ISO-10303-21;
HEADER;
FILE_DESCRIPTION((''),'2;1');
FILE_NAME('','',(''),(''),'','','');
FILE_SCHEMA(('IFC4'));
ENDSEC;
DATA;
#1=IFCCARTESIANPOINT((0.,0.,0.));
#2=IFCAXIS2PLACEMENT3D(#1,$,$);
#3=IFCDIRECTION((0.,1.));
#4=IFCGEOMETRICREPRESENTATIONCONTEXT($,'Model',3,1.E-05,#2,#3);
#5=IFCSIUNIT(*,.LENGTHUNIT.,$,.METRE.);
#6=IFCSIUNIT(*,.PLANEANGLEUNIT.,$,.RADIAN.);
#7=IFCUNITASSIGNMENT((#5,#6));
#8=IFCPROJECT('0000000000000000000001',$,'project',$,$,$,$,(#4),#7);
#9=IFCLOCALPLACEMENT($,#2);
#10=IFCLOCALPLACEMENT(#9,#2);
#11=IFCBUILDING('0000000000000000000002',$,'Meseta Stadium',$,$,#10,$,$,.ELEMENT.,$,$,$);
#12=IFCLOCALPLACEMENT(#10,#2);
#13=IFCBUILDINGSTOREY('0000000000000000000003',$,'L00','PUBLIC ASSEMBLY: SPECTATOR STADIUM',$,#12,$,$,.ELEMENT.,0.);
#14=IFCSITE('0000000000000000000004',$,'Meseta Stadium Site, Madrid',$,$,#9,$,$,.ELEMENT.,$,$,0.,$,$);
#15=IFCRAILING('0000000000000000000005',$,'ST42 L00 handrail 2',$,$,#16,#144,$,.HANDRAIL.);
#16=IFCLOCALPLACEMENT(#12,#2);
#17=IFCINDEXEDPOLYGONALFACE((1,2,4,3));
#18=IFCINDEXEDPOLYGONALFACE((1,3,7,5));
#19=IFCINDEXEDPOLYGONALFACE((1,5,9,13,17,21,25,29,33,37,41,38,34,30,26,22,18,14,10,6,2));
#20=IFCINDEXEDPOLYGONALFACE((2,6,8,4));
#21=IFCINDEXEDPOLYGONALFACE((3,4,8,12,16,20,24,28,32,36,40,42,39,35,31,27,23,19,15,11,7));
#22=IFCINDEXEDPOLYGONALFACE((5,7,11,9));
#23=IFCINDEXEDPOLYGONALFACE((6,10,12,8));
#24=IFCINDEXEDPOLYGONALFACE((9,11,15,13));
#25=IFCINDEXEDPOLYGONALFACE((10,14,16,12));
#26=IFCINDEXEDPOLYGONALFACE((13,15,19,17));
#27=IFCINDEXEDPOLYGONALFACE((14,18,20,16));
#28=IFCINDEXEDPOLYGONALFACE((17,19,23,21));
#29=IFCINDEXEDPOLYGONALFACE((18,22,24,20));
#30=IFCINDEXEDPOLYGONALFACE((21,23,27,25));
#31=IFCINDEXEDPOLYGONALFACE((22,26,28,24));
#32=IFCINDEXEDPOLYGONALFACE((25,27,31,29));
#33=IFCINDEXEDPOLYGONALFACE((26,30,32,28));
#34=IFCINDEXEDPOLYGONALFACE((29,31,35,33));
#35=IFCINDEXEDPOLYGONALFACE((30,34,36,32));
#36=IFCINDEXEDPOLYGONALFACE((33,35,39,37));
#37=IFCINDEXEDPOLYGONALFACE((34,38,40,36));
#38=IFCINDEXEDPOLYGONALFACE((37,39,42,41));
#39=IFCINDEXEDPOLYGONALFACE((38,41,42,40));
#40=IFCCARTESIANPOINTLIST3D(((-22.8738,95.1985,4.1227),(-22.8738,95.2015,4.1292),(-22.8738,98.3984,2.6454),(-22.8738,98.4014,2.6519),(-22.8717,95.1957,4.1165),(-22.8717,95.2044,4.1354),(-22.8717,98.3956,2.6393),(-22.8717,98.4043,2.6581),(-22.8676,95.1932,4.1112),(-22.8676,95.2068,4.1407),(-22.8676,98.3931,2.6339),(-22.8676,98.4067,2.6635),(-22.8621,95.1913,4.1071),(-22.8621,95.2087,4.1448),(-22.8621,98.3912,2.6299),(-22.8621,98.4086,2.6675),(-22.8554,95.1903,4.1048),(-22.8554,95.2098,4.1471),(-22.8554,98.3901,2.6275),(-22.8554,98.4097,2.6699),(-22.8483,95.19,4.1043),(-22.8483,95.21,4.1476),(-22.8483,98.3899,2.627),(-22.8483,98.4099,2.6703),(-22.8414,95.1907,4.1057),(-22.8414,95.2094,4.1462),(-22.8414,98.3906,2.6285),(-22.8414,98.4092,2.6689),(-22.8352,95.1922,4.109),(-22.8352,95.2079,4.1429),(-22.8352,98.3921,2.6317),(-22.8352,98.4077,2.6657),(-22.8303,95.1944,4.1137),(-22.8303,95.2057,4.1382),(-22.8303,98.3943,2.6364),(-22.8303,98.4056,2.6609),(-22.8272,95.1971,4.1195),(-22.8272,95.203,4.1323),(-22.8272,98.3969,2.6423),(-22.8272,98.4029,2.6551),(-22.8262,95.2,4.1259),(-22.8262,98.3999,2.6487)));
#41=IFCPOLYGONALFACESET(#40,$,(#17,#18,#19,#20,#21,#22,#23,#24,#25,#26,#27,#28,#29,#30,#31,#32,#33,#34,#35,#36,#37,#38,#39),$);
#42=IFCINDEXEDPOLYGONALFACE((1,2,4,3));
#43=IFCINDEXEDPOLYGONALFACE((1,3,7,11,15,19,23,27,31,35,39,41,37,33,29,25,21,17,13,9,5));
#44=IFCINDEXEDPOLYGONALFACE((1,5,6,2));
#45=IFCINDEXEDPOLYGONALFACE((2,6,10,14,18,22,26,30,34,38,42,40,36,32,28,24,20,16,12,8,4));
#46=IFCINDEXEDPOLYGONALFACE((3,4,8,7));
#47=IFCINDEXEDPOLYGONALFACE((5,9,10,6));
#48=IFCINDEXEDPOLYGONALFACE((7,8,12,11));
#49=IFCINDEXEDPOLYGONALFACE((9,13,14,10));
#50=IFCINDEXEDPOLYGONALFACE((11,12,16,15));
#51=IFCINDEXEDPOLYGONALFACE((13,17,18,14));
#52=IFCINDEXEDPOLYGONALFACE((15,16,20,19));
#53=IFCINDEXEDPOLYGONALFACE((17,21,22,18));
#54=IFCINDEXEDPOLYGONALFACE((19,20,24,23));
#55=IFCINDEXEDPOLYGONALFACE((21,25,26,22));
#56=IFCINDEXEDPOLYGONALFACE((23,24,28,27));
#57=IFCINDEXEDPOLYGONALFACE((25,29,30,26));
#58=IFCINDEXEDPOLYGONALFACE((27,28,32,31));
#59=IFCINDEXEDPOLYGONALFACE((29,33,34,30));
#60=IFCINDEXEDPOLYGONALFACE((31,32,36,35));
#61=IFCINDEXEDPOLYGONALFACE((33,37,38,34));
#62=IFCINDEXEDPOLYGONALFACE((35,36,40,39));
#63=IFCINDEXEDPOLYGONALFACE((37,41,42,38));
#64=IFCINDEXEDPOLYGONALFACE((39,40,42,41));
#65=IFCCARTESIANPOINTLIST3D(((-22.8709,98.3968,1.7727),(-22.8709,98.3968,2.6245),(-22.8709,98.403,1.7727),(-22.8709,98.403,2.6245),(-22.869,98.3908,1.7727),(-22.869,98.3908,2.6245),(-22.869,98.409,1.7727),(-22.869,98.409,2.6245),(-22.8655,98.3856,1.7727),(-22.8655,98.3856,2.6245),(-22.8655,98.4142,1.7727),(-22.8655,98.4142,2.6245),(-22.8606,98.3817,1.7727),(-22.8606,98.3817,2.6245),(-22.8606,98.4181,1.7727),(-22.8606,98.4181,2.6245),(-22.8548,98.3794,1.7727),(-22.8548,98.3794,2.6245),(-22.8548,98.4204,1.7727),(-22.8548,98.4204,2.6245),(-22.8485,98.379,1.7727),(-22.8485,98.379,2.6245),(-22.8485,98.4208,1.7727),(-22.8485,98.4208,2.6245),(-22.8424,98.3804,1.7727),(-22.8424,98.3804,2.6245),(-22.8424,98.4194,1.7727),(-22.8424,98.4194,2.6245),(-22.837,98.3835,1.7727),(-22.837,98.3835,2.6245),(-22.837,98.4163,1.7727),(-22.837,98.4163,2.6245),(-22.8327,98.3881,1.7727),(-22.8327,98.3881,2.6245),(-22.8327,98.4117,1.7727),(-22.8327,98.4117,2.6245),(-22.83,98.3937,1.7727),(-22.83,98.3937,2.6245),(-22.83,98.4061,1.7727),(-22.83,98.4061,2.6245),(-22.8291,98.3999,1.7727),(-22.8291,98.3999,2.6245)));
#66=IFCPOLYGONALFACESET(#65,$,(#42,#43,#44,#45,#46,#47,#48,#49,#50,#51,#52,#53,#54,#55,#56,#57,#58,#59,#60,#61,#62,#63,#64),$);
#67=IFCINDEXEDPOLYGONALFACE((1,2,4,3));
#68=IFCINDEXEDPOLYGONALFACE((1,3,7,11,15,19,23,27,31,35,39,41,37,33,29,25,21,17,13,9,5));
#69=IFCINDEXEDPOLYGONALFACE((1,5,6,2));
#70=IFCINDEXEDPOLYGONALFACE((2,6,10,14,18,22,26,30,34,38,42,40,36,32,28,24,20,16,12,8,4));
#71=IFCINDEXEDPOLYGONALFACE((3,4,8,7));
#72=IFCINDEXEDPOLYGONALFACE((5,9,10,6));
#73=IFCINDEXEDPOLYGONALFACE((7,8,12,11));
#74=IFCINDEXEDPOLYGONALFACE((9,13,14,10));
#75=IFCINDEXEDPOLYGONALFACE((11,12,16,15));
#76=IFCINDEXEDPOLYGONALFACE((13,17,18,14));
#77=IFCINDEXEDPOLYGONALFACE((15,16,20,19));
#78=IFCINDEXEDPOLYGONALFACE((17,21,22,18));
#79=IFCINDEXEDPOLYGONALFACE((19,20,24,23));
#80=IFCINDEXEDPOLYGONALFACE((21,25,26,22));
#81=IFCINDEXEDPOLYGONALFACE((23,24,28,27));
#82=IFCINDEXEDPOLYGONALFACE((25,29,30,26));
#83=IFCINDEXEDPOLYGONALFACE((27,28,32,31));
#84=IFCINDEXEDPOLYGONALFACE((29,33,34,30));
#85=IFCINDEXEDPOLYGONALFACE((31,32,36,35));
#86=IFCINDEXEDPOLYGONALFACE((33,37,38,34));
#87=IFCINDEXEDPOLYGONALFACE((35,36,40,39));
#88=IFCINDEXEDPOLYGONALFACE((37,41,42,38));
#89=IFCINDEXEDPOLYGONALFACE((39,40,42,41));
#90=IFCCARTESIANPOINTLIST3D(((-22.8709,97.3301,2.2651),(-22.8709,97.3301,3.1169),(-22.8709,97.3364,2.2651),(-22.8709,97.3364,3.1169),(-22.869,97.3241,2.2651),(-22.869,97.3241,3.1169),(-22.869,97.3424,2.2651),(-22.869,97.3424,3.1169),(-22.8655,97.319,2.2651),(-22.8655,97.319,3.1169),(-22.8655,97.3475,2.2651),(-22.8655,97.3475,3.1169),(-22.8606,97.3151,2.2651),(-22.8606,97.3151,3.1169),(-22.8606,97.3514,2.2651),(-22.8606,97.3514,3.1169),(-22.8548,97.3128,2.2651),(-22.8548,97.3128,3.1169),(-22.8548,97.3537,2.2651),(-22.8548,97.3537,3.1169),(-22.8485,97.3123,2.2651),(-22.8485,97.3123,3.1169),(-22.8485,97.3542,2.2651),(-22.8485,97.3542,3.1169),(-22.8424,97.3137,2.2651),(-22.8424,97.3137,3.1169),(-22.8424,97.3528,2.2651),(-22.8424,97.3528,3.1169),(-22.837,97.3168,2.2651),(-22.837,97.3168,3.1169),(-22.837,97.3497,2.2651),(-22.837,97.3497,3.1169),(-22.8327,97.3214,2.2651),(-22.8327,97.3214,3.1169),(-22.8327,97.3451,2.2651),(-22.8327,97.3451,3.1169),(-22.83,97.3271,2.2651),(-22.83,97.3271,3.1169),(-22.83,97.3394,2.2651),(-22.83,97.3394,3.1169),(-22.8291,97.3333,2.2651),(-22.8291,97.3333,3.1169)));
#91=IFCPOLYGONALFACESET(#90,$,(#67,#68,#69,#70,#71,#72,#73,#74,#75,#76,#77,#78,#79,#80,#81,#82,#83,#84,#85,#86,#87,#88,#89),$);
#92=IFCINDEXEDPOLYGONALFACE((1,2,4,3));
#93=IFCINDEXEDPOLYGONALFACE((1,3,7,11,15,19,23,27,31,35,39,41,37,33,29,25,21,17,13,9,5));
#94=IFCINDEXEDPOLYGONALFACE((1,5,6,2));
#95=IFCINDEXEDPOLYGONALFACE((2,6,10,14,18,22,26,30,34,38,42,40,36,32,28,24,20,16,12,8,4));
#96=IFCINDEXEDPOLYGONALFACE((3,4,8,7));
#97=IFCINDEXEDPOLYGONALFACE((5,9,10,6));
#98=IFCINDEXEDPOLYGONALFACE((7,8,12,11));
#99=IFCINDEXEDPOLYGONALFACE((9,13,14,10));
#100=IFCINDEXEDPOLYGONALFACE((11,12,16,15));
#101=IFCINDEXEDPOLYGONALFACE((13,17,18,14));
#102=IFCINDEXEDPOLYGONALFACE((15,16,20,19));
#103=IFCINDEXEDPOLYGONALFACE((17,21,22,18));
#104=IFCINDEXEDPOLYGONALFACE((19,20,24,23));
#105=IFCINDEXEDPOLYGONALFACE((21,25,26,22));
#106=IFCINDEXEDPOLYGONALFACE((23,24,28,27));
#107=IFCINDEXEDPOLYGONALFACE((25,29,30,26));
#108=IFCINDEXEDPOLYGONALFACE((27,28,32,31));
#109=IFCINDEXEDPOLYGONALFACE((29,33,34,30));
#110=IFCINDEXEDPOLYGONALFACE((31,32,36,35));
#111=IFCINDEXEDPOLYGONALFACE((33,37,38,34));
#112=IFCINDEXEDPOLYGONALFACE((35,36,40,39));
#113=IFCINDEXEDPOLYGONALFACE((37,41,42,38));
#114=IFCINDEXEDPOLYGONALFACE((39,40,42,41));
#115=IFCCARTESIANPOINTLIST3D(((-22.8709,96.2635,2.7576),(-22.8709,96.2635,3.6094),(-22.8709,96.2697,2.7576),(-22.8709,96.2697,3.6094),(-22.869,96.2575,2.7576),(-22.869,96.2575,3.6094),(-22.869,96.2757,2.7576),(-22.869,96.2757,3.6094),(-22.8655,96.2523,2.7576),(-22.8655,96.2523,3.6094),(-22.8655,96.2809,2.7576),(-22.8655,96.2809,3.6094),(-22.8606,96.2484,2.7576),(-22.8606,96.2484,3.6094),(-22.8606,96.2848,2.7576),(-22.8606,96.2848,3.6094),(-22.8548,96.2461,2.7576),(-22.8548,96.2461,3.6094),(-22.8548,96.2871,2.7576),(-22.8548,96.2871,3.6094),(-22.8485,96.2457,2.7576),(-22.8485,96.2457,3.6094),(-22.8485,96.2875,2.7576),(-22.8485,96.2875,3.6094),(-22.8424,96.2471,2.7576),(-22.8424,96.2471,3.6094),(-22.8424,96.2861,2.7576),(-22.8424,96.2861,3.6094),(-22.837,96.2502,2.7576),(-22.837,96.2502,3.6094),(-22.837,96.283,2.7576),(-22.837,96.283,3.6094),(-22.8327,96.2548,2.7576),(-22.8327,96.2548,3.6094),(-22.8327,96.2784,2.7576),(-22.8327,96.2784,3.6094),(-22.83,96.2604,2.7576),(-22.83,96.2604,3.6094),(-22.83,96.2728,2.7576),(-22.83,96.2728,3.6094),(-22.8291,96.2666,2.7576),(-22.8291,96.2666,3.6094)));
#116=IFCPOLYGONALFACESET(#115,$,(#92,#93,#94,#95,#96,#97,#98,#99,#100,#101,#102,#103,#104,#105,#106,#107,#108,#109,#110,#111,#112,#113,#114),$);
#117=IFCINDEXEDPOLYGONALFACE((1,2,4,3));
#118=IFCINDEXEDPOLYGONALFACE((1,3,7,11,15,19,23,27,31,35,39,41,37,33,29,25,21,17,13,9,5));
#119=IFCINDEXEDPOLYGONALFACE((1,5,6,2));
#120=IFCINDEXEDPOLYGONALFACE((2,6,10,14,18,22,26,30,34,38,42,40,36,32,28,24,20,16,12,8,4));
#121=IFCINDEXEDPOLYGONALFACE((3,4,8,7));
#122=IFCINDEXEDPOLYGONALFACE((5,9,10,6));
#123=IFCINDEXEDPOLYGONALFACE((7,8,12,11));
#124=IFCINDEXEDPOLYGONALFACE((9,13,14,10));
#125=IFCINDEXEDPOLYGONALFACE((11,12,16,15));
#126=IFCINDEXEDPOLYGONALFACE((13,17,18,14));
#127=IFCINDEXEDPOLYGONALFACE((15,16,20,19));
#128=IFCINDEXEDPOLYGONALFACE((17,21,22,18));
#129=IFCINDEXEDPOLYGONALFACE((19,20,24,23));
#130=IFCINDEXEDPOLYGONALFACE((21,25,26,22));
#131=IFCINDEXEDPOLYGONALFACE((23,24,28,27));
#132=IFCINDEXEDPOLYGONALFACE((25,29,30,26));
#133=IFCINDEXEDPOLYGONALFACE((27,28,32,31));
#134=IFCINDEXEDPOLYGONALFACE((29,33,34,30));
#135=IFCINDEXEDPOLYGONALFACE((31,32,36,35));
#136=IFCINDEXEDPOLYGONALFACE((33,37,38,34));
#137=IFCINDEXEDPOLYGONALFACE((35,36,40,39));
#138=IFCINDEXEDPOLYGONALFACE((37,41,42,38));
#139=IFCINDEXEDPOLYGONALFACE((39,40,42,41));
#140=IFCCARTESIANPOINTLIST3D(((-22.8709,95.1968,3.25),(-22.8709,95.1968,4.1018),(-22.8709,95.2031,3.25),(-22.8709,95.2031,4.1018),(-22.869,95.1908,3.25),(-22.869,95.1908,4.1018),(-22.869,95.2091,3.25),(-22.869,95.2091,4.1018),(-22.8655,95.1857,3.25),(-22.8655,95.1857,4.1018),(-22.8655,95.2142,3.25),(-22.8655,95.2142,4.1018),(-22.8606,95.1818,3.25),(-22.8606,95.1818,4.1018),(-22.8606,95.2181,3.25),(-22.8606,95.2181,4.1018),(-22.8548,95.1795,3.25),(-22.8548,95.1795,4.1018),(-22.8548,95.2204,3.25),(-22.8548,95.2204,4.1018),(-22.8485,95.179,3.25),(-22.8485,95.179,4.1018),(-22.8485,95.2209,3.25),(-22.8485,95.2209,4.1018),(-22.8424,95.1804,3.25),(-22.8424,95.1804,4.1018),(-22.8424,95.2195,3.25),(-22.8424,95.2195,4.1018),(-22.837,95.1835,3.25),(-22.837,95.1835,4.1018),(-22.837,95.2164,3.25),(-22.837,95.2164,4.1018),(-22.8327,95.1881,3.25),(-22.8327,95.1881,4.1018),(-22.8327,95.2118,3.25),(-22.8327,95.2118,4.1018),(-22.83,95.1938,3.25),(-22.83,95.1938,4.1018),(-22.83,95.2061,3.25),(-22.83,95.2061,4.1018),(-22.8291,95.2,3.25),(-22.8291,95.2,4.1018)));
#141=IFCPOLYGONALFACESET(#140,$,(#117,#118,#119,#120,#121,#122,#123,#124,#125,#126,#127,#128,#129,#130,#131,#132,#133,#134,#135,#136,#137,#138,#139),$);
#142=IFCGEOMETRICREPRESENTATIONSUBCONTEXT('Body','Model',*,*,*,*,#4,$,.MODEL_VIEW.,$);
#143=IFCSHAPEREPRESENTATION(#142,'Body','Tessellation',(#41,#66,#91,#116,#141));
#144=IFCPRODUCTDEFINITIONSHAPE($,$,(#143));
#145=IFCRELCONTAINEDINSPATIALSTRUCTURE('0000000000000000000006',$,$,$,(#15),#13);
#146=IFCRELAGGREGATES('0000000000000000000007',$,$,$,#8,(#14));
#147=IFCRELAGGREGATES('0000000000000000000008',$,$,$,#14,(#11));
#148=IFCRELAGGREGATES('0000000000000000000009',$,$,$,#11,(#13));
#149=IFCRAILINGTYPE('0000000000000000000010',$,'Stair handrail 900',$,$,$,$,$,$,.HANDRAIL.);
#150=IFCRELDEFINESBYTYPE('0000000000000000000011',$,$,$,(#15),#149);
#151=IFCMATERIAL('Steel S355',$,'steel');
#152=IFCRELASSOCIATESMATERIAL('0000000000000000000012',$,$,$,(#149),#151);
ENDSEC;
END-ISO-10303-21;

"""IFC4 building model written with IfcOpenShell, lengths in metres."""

from ifc_helpers import new_model, si_unit, direction, frame, origin, origin_2d, place, context, subcontext, project, spatial, circle, extrude, material, type_object, element, save


model = new_model("IFC4")

# Units and contexts
model_context = context("Model", 3, precision=1e-05, world=origin(), true_north=direction((0.0, 1.0)))
body_context = subcontext(model_context, "Body", "Model", "MODEL_VIEW")
ifc_project = project(units=[si_unit("LENGTHUNIT", "METRE"), si_unit("PLANEANGLEUNIT", "RADIAN")], contexts=[model_context])

# Site, building, storey
site_placement = place(None, origin())
site = spatial("IfcSite", under=ifc_project, at=site_placement, Name="Meseta Stadium Site, Madrid", CompositionType="ELEMENT", RefElevation=0.0)
building_placement = place(site_placement, origin())
building = spatial("IfcBuilding", under=site, at=building_placement, Name="Meseta Stadium", CompositionType="ELEMENT")
storey_placement = place(building_placement, origin())
storey = spatial("IfcBuildingStorey", under=building, at=storey_placement, Name="L00", Description="PUBLIC ASSEMBLY: SPECTATOR STADIUM", CompositionType="ELEMENT", Elevation=0.0)

# Railing
ifc_material_1 = material(Name="Steel S355", Category="steel")
railing_type_1 = type_object("IfcRailingType", Name="Stair handrail 900", PredefinedType="HANDRAIL", material=ifc_material_1)
railing_1_placement = place(storey_placement, frame((-22.8501, 98.3999, 1.7727)))
element("IfcRailing", 1, at=railing_1_placement, inside=storey, type_object=railing_type_1, Name="ST42 L00 handrail 2", PredefinedType="HANDRAIL", context=body_context, shape_type="SweptSolid", body=[
    extrude(circle(Radius=0.0239, at=origin_2d()), frame((0.0, 0.0, 0.876), z_axis=(0.0, -0.907917, 0.41915), x_axis=(1.0, 0.0, 0.0)), (0.0, 0.0, 1.0), 3.5244),
    extrude(circle(Radius=0.021, at=origin_2d()), origin(), (0.0, 0.0, 1.0), 0.8518),
    extrude(circle(Radius=0.021, at=origin_2d()), frame((0.0, -1.0667, 0.4924)), (0.0, 0.0, 1.0), 0.8518),
    extrude(circle(Radius=0.021, at=origin_2d()), frame((0.0, -2.1333, 0.9849)), (0.0, 0.0, 1.0), 0.8518),
    extrude(circle(Radius=0.021, at=origin_2d()), frame((0.0, -3.2, 1.4773)), (0.0, 0.0, 1.0), 0.8518),
])

save(model, "model.ifc")
